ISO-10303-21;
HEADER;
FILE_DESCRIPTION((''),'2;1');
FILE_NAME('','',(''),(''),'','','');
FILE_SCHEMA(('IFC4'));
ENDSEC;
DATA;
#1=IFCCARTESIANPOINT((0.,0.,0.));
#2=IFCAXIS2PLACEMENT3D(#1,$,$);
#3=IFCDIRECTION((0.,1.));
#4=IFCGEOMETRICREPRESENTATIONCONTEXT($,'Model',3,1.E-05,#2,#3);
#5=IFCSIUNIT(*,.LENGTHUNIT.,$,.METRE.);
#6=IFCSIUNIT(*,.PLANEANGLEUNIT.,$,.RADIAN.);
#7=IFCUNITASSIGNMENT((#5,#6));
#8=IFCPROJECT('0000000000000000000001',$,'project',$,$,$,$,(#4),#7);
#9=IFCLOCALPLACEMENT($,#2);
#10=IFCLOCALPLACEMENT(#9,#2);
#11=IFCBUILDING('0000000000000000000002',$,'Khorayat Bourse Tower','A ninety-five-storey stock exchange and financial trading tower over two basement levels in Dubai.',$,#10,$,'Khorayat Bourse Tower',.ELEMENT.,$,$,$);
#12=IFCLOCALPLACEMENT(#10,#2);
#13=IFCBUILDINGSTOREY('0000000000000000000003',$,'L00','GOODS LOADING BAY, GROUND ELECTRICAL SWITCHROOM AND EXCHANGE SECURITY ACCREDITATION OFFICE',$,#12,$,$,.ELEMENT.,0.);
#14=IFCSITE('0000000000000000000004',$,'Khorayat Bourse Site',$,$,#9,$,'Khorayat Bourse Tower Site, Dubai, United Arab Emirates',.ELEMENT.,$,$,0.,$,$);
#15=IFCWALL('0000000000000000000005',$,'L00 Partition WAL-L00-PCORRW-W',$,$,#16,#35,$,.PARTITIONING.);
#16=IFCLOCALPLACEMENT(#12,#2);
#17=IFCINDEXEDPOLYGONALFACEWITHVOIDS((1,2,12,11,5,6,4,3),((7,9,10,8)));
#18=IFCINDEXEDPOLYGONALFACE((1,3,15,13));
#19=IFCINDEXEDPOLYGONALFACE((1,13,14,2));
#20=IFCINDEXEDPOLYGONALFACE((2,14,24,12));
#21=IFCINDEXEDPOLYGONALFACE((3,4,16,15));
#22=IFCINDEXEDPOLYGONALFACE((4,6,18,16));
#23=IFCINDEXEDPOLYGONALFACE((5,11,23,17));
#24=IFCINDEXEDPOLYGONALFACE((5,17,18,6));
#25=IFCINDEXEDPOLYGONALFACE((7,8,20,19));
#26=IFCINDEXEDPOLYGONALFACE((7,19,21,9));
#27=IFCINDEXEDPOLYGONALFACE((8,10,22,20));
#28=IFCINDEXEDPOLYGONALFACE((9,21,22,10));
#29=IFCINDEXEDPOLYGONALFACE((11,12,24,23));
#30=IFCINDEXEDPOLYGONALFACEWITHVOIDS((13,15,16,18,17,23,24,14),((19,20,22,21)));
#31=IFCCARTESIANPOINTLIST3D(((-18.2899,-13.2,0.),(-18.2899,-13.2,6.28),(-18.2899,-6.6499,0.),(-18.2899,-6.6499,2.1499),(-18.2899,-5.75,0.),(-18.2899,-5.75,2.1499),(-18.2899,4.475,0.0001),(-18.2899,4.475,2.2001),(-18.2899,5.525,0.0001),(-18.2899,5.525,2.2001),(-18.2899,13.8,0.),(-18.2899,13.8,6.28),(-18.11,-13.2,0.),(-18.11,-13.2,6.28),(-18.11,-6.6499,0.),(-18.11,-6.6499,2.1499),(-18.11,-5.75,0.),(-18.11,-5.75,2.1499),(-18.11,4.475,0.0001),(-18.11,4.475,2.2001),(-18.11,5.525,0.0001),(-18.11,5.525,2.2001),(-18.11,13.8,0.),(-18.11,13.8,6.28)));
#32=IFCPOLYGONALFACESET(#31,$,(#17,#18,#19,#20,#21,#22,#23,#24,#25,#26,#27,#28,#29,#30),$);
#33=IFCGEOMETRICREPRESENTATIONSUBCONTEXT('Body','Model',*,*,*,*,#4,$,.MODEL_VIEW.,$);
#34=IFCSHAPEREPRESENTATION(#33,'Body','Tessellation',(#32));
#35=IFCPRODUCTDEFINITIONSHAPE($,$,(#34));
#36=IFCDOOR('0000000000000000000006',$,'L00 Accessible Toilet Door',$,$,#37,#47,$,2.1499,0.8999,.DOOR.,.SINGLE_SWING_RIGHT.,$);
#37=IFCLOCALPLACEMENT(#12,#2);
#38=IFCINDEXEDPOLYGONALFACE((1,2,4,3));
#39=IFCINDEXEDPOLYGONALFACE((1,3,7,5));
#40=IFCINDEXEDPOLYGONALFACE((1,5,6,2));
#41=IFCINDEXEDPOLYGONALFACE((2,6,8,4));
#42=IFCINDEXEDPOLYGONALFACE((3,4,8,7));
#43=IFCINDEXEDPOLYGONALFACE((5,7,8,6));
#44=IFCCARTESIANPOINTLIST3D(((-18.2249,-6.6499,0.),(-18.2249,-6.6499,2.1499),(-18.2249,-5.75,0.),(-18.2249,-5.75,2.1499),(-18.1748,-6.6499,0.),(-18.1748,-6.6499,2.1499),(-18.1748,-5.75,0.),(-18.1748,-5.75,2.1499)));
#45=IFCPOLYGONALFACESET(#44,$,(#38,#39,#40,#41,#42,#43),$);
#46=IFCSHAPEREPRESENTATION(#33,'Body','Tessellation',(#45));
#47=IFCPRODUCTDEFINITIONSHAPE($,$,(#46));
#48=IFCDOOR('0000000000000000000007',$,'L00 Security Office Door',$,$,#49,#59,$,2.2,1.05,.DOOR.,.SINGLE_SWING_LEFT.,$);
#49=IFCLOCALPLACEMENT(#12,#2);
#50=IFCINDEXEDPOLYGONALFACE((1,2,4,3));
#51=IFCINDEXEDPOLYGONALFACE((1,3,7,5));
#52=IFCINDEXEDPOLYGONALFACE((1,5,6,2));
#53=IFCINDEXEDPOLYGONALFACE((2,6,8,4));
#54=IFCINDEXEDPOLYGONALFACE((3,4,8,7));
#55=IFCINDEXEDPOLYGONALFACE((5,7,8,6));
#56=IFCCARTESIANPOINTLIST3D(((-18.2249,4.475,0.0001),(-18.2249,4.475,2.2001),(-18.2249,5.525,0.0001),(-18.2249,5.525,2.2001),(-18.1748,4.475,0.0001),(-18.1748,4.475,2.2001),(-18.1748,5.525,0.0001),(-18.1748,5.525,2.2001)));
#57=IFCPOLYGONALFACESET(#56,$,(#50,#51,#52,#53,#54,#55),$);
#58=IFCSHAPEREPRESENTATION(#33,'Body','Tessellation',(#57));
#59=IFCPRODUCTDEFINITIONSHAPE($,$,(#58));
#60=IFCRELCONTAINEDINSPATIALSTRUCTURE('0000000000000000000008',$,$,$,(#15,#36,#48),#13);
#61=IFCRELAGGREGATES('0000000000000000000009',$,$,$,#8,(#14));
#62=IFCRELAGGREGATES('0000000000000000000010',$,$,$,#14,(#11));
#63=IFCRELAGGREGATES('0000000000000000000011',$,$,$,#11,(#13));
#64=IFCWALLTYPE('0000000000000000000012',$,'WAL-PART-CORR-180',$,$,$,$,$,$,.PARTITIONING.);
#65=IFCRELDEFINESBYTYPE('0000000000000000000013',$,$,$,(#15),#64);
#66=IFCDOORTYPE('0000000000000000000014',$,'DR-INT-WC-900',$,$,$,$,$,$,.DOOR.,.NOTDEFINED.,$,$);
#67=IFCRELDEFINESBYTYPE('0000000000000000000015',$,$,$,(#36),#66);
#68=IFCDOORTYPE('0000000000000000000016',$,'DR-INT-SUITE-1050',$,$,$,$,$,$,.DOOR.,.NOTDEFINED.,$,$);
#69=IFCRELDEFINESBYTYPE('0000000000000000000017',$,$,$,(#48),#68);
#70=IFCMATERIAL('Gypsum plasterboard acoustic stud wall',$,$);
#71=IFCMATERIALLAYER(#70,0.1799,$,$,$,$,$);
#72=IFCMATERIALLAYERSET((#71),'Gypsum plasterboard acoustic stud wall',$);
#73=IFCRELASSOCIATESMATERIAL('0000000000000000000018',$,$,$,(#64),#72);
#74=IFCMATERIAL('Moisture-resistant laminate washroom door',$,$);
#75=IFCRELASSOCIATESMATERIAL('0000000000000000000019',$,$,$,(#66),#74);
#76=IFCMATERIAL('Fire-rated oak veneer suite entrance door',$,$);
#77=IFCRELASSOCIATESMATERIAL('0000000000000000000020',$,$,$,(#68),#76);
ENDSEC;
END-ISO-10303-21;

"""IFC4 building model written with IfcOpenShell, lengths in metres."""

from ifc_helpers import new_model, si_unit, direction, frame, frame_2d, origin, place, context, subcontext, project, spatial, rectangle, extrude, source, transform, mapped, material, layer, layer_set, type_object, element, fill, save


model = new_model("IFC4")

# Units and contexts
model_context = context("Model", 3, precision=1e-05, world=origin(), true_north=direction((0.0, 1.0)))
body_context = subcontext(model_context, "Body", "Model", "MODEL_VIEW")
ifc_project = project(units=[si_unit("LENGTHUNIT", "METRE"), si_unit("PLANEANGLEUNIT", "RADIAN")], contexts=[model_context])

# Site, building, storey
site_placement = place(None, origin())
site = spatial("IfcSite", under=ifc_project, at=site_placement, Name="Khorayat Bourse Site", LongName="Khorayat Bourse Tower Site, Dubai, United Arab Emirates", CompositionType="ELEMENT", RefElevation=0.0)
building_placement = place(site_placement, origin())
building = spatial("IfcBuilding", under=site, at=building_placement, Name="Khorayat Bourse Tower", Description="A ninety-five-storey stock exchange and financial trading tower over two basement levels in Dubai.", LongName="Khorayat Bourse Tower", CompositionType="ELEMENT")
storey_placement = place(building_placement, origin())
storey = spatial("IfcBuildingStorey", under=building, at=storey_placement, Name="L00", Description="GOODS LOADING BAY, GROUND ELECTRICAL SWITCHROOM AND EXCHANGE SECURITY ACCREDITATION OFFICE", CompositionType="ELEMENT", Elevation=0.0)

# Shared definitions
ifc_material_1 = material(Name="Gypsum plasterboard acoustic stud wall")
ifc_layer_1 = layer(ifc_material_1, 0.1799)
ifc_layer_set_1 = layer_set([ifc_layer_1], Name="Gypsum plasterboard acoustic stud wall")
wall_type_1 = type_object("IfcWallType", Name="WAL-PART-CORR-180", PredefinedType="PARTITIONING", material=ifc_layer_set_1)
ifc_material_2 = material(Name="Moisture-resistant laminate washroom door")
door_type_1 = type_object("IfcDoorType", Name="DR-INT-WC-900", OperationType="NOTDEFINED", PredefinedType="DOOR", material=ifc_material_2)
shared_shape_1 = source(origin(), body_context, "Body", "SweptSolid", [
    extrude(rectangle(XDim=0.8999, YDim=2.1499, at=frame_2d((0.45, 1.075))), frame((0.0, 0.0249, 0.0), z_axis=(0.0, -1.0, 0.0), x_axis=(1.0, 0.0, 0.0)), (0.0, 0.0, 1.0), 0.05),
])

# Wall, openings, doors
shared_shape_2 = source(origin(), body_context, "Body", "SweptSolid", [
    extrude(rectangle(XDim=27.0, YDim=0.1799, at=frame_2d((13.5, 0.0))), origin(), (0.0, 0.0, 1.0), 6.28),
])
wall_1_placement = place(storey_placement, frame((-18.2, -13.2, 0.0), z_axis=(0.0, 0.0, 1.0), x_axis=(0.0, 1.0, 0.0)))
wall_1 = element("IfcWall", 1, at=wall_1_placement, inside=storey, type_object=wall_type_1, Name="L00 Partition WAL-L00-PCORRW-W", PredefinedType="PARTITIONING", context=body_context, shape_type="MappedRepresentation", body=[
    mapped(shared_shape_2, transform((0.0, 0.0, 0.0), scale=1.0)),
])
shared_shape_3 = source(origin(), body_context, "Body", "SweptSolid", [
    extrude(rectangle(XDim=0.8999, YDim=2.1499, at=frame_2d((0.45, 1.075))), frame((0.0, 0.0999, 0.0), z_axis=(0.0, -1.0, 0.0), x_axis=(1.0, 0.0, 0.0)), (0.0, 0.0, 1.0), 0.2),
])
opening_1_placement = place(wall_1_placement, frame((6.55, 0.0, 0.0)))
opening_1 = element("IfcOpeningElement", 2, at=opening_1_placement, cuts=wall_1, PredefinedType="OPENING", context=body_context, shape_type="MappedRepresentation", body=[
    mapped(shared_shape_3, transform((0.0, 0.0, 0.0), scale=1.0)),
])
shared_shape_4 = source(origin(), body_context, "Body", "SweptSolid", [
    extrude(rectangle(XDim=1.05, YDim=2.2, at=frame_2d((0.5249, 1.1001))), frame((0.0, 0.0999, 0.0), z_axis=(0.0, -1.0, 0.0), x_axis=(1.0, 0.0, 0.0)), (0.0, 0.0, 1.0), 0.2),
])
opening_2_placement = place(wall_1_placement, frame((17.675, 0.0, 0.0)))
opening_2 = element("IfcOpeningElement", 3, at=opening_2_placement, cuts=wall_1, PredefinedType="OPENING", context=body_context, shape_type="MappedRepresentation", body=[
    mapped(shared_shape_4, transform((0.0, 0.0, 0.0), scale=1.0)),
])
door_1_placement = place(opening_1_placement, origin())
door_1 = element("IfcDoor", 4, at=door_1_placement, inside=storey, type_object=door_type_1, Name="L00 Accessible Toilet Door", OperationType="SINGLE_SWING_RIGHT", OverallHeight=2.1499, OverallWidth=0.8999, PredefinedType="DOOR", context=body_context, shape_type="MappedRepresentation", body=[
    mapped(shared_shape_1, transform((0.0, 0.0, 0.0), scale=1.0)),
])
fill(opening_1, door_1)
ifc_material_3 = material(Name="Fire-rated oak veneer suite entrance door")
door_type_2 = type_object("IfcDoorType", Name="DR-INT-SUITE-1050", OperationType="NOTDEFINED", PredefinedType="DOOR", material=ifc_material_3)
shared_shape_5 = source(origin(), body_context, "Body", "SweptSolid", [
    extrude(rectangle(XDim=1.05, YDim=2.2, at=frame_2d((0.5249, 1.1001))), frame((0.0, 0.0249, 0.0), z_axis=(0.0, -1.0, 0.0), x_axis=(1.0, 0.0, 0.0)), (0.0, 0.0, 1.0), 0.05),
])
door_2_placement = place(opening_2_placement, origin())
door_2 = element("IfcDoor", 5, at=door_2_placement, inside=storey, type_object=door_type_2, Name="L00 Security Office Door", OperationType="SINGLE_SWING_LEFT", OverallHeight=2.2, OverallWidth=1.05, PredefinedType="DOOR", context=body_context, shape_type="MappedRepresentation", body=[
    mapped(shared_shape_5, transform((0.0, 0.0, 0.0), scale=1.0)),
])
fill(opening_2, door_2)

save(model, "model.ifc")
